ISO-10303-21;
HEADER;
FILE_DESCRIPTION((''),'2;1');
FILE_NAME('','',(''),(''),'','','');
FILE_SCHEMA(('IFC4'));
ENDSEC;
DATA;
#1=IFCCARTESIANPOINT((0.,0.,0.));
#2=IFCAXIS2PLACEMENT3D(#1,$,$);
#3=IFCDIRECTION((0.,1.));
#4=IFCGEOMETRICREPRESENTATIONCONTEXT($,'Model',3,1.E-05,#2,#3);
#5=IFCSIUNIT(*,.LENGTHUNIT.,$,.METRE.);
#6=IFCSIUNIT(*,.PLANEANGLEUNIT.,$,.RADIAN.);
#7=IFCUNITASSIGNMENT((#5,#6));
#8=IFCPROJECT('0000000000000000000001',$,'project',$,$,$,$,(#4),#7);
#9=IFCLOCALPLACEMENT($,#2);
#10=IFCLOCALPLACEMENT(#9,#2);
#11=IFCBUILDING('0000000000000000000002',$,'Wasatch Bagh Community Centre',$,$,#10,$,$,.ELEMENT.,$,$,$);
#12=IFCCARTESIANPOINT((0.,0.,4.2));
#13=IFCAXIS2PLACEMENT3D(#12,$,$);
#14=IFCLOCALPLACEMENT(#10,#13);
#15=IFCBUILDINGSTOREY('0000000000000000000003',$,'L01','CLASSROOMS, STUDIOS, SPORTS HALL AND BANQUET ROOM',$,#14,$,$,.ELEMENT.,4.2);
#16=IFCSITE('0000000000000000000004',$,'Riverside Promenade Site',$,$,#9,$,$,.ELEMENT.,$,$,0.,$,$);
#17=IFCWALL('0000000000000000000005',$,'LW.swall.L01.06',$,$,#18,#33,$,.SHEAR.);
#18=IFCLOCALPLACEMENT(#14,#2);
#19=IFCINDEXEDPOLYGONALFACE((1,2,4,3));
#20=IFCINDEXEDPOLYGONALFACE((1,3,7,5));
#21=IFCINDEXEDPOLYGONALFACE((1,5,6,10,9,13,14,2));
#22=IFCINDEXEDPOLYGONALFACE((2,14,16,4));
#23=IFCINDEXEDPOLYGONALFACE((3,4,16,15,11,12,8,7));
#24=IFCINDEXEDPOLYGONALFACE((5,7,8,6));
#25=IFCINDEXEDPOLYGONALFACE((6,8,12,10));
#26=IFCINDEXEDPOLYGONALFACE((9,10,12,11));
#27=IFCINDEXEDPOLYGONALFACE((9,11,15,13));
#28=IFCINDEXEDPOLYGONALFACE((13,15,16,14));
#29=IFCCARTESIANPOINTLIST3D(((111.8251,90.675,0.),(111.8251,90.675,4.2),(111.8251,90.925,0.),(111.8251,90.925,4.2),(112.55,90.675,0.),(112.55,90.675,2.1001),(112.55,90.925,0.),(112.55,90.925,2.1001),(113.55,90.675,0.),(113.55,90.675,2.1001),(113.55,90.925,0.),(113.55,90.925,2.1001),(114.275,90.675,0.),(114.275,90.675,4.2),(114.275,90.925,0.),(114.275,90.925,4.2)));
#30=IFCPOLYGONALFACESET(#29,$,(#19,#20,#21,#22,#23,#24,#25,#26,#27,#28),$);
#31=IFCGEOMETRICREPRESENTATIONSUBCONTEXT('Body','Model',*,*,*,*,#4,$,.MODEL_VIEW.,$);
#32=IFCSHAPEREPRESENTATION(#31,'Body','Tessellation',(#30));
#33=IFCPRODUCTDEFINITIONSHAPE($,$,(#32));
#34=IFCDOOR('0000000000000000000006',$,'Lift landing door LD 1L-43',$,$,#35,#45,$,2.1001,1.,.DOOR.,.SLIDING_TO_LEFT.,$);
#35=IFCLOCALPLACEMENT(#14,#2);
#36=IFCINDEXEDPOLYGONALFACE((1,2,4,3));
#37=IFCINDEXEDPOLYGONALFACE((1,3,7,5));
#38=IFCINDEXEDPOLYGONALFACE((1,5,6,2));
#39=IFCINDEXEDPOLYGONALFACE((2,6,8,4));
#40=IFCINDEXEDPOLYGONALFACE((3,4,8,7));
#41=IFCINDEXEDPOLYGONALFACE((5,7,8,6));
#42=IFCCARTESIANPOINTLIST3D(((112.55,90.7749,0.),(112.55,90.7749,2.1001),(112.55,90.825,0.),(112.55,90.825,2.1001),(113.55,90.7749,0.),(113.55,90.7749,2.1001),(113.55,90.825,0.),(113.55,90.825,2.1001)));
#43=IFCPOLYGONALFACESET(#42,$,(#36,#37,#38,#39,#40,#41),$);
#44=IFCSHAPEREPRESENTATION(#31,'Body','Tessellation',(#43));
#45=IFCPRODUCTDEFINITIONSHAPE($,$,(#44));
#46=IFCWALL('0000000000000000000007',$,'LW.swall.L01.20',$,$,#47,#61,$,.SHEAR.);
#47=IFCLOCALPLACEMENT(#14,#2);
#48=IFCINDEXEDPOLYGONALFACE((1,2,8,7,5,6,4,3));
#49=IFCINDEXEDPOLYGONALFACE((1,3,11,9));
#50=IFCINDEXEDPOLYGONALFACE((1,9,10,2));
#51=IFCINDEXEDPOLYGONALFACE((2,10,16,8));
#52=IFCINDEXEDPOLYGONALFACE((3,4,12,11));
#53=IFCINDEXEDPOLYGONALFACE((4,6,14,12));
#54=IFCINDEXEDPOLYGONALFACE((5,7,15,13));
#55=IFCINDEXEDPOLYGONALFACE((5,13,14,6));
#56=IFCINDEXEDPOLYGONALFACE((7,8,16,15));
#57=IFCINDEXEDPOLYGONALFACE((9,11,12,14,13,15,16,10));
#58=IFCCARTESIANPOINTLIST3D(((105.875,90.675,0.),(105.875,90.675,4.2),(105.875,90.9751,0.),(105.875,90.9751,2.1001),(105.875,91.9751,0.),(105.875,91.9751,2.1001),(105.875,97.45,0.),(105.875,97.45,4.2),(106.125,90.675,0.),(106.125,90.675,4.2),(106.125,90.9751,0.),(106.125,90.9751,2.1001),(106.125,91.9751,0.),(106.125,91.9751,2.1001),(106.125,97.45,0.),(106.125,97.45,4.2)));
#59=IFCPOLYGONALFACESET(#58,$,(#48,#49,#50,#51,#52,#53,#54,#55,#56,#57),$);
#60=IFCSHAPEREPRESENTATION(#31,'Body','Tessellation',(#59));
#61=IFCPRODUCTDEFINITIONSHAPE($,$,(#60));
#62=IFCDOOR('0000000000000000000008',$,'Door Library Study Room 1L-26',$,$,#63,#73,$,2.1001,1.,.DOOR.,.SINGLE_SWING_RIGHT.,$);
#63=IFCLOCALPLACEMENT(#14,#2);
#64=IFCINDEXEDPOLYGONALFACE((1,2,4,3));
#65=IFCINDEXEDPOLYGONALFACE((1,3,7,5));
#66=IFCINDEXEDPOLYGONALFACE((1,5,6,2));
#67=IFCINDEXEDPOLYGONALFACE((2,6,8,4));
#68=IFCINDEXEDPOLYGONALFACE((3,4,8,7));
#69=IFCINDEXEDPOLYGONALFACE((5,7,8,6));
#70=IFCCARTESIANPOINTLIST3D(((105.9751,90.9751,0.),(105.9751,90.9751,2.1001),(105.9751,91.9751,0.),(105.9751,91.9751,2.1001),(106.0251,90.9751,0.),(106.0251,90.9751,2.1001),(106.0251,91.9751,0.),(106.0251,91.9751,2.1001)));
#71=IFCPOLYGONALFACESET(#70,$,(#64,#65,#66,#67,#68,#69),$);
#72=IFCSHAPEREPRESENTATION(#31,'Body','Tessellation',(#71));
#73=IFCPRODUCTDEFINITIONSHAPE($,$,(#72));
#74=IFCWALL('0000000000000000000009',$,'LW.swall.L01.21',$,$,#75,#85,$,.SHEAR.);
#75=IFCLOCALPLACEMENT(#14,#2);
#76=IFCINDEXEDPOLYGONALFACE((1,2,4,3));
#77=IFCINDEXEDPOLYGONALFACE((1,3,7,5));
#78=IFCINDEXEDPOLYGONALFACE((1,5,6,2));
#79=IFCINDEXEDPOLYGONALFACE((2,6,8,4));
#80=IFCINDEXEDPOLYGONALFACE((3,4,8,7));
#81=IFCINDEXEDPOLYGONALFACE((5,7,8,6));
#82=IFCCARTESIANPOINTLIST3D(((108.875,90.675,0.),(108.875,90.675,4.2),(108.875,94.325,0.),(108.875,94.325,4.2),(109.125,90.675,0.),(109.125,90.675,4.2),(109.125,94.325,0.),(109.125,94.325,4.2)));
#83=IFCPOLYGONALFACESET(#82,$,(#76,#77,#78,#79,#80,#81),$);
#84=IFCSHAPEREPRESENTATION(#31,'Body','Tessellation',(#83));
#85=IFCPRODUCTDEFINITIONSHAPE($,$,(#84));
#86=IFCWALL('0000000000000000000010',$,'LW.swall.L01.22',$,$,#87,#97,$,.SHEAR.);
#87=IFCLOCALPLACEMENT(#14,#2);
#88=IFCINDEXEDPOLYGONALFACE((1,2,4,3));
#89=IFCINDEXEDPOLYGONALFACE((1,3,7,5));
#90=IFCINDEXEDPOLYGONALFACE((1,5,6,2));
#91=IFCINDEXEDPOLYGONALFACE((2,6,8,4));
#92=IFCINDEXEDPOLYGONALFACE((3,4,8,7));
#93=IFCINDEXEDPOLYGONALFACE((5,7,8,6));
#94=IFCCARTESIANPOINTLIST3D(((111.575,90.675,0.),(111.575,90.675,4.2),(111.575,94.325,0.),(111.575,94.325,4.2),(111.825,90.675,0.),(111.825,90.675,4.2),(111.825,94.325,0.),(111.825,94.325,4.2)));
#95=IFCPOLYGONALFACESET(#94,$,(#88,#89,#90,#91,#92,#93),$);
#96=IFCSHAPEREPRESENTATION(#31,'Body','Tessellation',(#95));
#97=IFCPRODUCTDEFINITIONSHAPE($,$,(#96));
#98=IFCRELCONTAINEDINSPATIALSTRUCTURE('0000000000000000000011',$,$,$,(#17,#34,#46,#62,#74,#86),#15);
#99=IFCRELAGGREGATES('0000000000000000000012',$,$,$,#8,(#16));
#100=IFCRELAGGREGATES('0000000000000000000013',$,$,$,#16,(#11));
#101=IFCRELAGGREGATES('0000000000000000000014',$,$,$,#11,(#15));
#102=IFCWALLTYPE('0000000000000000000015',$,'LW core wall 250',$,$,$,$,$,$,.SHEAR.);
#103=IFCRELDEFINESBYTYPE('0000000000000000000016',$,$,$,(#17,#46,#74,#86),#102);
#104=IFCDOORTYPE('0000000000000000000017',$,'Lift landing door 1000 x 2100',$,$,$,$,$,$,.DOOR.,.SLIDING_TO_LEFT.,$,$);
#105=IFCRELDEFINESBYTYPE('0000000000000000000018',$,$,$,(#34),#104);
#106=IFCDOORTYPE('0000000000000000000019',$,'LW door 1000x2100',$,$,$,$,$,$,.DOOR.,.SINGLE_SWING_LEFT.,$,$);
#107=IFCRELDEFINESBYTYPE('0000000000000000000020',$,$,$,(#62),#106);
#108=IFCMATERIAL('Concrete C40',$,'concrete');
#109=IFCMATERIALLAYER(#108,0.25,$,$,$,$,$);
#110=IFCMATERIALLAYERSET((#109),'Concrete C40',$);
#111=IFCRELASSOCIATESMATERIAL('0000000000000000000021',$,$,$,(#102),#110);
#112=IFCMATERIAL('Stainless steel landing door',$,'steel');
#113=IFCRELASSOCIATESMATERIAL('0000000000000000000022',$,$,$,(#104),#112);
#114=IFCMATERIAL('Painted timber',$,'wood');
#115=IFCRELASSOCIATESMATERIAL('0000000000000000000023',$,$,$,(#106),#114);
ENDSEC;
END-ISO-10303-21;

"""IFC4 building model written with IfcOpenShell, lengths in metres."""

from ifc_helpers import new_model, si_unit, direction, frame, frame_2d, origin, place, context, subcontext, project, spatial, rectangle, extrude, material, layer, layer_set, type_object, element, fill, save


model = new_model("IFC4")

# Units and contexts
model_context = context("Model", 3, precision=1e-05, world=origin(), true_north=direction((0.0, 1.0)))
body_context = subcontext(model_context, "Body", "Model", "MODEL_VIEW")
ifc_project = project(units=[si_unit("LENGTHUNIT", "METRE"), si_unit("PLANEANGLEUNIT", "RADIAN")], contexts=[model_context])

# Site, building, storey
site_placement = place(None, origin())
site = spatial("IfcSite", under=ifc_project, at=site_placement, Name="Riverside Promenade Site", CompositionType="ELEMENT", RefElevation=0.0)
building_placement = place(site_placement, origin())
building = spatial("IfcBuilding", under=site, at=building_placement, Name="Wasatch Bagh Community Centre", CompositionType="ELEMENT")
storey_placement = place(building_placement, frame((0.0, 0.0, 4.2)))
storey = spatial("IfcBuildingStorey", under=building, at=storey_placement, Name="L01", Description="CLASSROOMS, STUDIOS, SPORTS HALL AND BANQUET ROOM", CompositionType="ELEMENT", Elevation=4.2)

# Shared definitions
ifc_material_1 = material(Name="Concrete C40", Category="concrete")

# Walls, openings, doors
ifc_layer_1 = layer(ifc_material_1, 0.25)
ifc_layer_set_1 = layer_set([ifc_layer_1], Name="Concrete C40")
wall_type_1 = type_object("IfcWallType", Name="LW core wall 250", PredefinedType="SHEAR", material=ifc_layer_set_1)
ifc_material_2 = material(Name="Painted timber", Category="wood")
ifc_material_3 = material(Name="Stainless steel landing door", Category="steel")
door_type_1 = type_object("IfcDoorType", Name="Lift landing door 1000 x 2100", OperationType="SLIDING_TO_LEFT", PredefinedType="DOOR", material=ifc_material_3)
wall_1_placement = place(storey_placement, frame((111.825, 90.8, 0.0), z_axis=(0.0, 0.0, 1.0), x_axis=(1.0, 0.0, 0.0)))
wall_1 = element("IfcWall", 1, at=wall_1_placement, inside=storey, type_object=wall_type_1, Name="LW.swall.L01.06", PredefinedType="SHEAR", context=body_context, shape_type="SweptSolid", body=[
    extrude(rectangle(XDim=2.45, YDim=0.25, at=frame_2d((1.2251, 0.0))), origin(), (0.0, 0.0, 1.0), 4.2),
])
opening_1_placement = place(wall_1_placement, frame((0.7251, 0.0, 0.0)))
opening_1 = element("IfcOpeningElement", 2, at=opening_1_placement, cuts=wall_1, PredefinedType="OPENING", context=body_context, shape_type="SweptSolid", body=[
    extrude(rectangle(XDim=1.0, YDim=2.1001, at=frame_2d((0.5, 1.05))), frame((0.0, 0.135, 0.0), z_axis=(0.0, -1.0, 0.0), x_axis=(1.0, 0.0, 0.0)), (0.0, 0.0, 1.0), 0.27),
])
door_1_placement = place(opening_1_placement, origin())
door_1 = element("IfcDoor", 3, at=door_1_placement, inside=storey, type_object=door_type_1, Name="Lift landing door LD 1L-43", OperationType="SLIDING_TO_LEFT", OverallHeight=2.1001, OverallWidth=1.0, PredefinedType="DOOR", context=body_context, shape_type="SweptSolid", body=[
    extrude(rectangle(XDim=1.0, YDim=2.1001, at=frame_2d((0.5, 1.05))), frame((0.0, 0.0249, 0.0), z_axis=(0.0, -1.0, 0.0), x_axis=(1.0, 0.0, 0.0)), (0.0, 0.0, 1.0), 0.05),
])
fill(opening_1, door_1)
wall_2_placement = place(storey_placement, frame((106.0, 90.675, 0.0), z_axis=(0.0, 0.0, 1.0), x_axis=(0.0, 1.0, 0.0)))
wall_2 = element("IfcWall", 4, at=wall_2_placement, inside=storey, type_object=wall_type_1, Name="LW.swall.L01.20", PredefinedType="SHEAR", context=body_context, shape_type="SweptSolid", body=[
    extrude(rectangle(XDim=6.7749, YDim=0.25, at=frame_2d((3.3875, 0.0))), origin(), (0.0, 0.0, 1.0), 4.2),
])
opening_2_placement = place(wall_2_placement, frame((0.3, 0.0, 0.0)))
opening_2 = element("IfcOpeningElement", 5, at=opening_2_placement, cuts=wall_2, PredefinedType="OPENING", context=body_context, shape_type="SweptSolid", body=[
    extrude(rectangle(XDim=1.0, YDim=2.1001, at=frame_2d((0.5, 1.05))), frame((0.0, 0.135, 0.0), z_axis=(0.0, -1.0, 0.0), x_axis=(1.0, 0.0, 0.0)), (0.0, 0.0, 1.0), 0.27),
])
door_type_2 = type_object("IfcDoorType", Name="LW door 1000x2100", OperationType="SINGLE_SWING_LEFT", PredefinedType="DOOR", material=ifc_material_2)
door_2_placement = place(opening_2_placement, origin())
door_2 = element("IfcDoor", 6, at=door_2_placement, inside=storey, type_object=door_type_2, Name="Door Library Study Room 1L-26", OperationType="SINGLE_SWING_RIGHT", OverallHeight=2.1001, OverallWidth=1.0, PredefinedType="DOOR", context=body_context, shape_type="SweptSolid", body=[
    extrude(rectangle(XDim=1.0, YDim=2.1001, at=frame_2d((0.5, 1.05))), frame((0.0, 0.0249, 0.0), z_axis=(0.0, -1.0, 0.0), x_axis=(1.0, 0.0, 0.0)), (0.0, 0.0, 1.0), 0.05),
])
fill(opening_2, door_2)

# Walls
for number, where, z_axis, x_axis, name in (
    (7, (109.0, 90.675, 0.0), (0.0, 0.0, 1.0), (0.0, 1.0, 0.0), "LW.swall.L01.21"),
    (8, (111.7, 90.675, 0.0), (0.0, 0.0, 1.0), (0.0, 1.0, 0.0), "LW.swall.L01.22"),
):
    element("IfcWall", number, at=place(storey_placement, frame(where, z_axis=z_axis, x_axis=x_axis)), inside=storey, type_object=wall_type_1, Name=name, PredefinedType="SHEAR", context=body_context, shape_type="SweptSolid", body=[
        extrude(rectangle(XDim=3.6499, YDim=0.25, at=frame_2d((1.825, 0.0))), origin(), (0.0, 0.0, 1.0), 4.2),
    ])

save(model, "model.ifc")
